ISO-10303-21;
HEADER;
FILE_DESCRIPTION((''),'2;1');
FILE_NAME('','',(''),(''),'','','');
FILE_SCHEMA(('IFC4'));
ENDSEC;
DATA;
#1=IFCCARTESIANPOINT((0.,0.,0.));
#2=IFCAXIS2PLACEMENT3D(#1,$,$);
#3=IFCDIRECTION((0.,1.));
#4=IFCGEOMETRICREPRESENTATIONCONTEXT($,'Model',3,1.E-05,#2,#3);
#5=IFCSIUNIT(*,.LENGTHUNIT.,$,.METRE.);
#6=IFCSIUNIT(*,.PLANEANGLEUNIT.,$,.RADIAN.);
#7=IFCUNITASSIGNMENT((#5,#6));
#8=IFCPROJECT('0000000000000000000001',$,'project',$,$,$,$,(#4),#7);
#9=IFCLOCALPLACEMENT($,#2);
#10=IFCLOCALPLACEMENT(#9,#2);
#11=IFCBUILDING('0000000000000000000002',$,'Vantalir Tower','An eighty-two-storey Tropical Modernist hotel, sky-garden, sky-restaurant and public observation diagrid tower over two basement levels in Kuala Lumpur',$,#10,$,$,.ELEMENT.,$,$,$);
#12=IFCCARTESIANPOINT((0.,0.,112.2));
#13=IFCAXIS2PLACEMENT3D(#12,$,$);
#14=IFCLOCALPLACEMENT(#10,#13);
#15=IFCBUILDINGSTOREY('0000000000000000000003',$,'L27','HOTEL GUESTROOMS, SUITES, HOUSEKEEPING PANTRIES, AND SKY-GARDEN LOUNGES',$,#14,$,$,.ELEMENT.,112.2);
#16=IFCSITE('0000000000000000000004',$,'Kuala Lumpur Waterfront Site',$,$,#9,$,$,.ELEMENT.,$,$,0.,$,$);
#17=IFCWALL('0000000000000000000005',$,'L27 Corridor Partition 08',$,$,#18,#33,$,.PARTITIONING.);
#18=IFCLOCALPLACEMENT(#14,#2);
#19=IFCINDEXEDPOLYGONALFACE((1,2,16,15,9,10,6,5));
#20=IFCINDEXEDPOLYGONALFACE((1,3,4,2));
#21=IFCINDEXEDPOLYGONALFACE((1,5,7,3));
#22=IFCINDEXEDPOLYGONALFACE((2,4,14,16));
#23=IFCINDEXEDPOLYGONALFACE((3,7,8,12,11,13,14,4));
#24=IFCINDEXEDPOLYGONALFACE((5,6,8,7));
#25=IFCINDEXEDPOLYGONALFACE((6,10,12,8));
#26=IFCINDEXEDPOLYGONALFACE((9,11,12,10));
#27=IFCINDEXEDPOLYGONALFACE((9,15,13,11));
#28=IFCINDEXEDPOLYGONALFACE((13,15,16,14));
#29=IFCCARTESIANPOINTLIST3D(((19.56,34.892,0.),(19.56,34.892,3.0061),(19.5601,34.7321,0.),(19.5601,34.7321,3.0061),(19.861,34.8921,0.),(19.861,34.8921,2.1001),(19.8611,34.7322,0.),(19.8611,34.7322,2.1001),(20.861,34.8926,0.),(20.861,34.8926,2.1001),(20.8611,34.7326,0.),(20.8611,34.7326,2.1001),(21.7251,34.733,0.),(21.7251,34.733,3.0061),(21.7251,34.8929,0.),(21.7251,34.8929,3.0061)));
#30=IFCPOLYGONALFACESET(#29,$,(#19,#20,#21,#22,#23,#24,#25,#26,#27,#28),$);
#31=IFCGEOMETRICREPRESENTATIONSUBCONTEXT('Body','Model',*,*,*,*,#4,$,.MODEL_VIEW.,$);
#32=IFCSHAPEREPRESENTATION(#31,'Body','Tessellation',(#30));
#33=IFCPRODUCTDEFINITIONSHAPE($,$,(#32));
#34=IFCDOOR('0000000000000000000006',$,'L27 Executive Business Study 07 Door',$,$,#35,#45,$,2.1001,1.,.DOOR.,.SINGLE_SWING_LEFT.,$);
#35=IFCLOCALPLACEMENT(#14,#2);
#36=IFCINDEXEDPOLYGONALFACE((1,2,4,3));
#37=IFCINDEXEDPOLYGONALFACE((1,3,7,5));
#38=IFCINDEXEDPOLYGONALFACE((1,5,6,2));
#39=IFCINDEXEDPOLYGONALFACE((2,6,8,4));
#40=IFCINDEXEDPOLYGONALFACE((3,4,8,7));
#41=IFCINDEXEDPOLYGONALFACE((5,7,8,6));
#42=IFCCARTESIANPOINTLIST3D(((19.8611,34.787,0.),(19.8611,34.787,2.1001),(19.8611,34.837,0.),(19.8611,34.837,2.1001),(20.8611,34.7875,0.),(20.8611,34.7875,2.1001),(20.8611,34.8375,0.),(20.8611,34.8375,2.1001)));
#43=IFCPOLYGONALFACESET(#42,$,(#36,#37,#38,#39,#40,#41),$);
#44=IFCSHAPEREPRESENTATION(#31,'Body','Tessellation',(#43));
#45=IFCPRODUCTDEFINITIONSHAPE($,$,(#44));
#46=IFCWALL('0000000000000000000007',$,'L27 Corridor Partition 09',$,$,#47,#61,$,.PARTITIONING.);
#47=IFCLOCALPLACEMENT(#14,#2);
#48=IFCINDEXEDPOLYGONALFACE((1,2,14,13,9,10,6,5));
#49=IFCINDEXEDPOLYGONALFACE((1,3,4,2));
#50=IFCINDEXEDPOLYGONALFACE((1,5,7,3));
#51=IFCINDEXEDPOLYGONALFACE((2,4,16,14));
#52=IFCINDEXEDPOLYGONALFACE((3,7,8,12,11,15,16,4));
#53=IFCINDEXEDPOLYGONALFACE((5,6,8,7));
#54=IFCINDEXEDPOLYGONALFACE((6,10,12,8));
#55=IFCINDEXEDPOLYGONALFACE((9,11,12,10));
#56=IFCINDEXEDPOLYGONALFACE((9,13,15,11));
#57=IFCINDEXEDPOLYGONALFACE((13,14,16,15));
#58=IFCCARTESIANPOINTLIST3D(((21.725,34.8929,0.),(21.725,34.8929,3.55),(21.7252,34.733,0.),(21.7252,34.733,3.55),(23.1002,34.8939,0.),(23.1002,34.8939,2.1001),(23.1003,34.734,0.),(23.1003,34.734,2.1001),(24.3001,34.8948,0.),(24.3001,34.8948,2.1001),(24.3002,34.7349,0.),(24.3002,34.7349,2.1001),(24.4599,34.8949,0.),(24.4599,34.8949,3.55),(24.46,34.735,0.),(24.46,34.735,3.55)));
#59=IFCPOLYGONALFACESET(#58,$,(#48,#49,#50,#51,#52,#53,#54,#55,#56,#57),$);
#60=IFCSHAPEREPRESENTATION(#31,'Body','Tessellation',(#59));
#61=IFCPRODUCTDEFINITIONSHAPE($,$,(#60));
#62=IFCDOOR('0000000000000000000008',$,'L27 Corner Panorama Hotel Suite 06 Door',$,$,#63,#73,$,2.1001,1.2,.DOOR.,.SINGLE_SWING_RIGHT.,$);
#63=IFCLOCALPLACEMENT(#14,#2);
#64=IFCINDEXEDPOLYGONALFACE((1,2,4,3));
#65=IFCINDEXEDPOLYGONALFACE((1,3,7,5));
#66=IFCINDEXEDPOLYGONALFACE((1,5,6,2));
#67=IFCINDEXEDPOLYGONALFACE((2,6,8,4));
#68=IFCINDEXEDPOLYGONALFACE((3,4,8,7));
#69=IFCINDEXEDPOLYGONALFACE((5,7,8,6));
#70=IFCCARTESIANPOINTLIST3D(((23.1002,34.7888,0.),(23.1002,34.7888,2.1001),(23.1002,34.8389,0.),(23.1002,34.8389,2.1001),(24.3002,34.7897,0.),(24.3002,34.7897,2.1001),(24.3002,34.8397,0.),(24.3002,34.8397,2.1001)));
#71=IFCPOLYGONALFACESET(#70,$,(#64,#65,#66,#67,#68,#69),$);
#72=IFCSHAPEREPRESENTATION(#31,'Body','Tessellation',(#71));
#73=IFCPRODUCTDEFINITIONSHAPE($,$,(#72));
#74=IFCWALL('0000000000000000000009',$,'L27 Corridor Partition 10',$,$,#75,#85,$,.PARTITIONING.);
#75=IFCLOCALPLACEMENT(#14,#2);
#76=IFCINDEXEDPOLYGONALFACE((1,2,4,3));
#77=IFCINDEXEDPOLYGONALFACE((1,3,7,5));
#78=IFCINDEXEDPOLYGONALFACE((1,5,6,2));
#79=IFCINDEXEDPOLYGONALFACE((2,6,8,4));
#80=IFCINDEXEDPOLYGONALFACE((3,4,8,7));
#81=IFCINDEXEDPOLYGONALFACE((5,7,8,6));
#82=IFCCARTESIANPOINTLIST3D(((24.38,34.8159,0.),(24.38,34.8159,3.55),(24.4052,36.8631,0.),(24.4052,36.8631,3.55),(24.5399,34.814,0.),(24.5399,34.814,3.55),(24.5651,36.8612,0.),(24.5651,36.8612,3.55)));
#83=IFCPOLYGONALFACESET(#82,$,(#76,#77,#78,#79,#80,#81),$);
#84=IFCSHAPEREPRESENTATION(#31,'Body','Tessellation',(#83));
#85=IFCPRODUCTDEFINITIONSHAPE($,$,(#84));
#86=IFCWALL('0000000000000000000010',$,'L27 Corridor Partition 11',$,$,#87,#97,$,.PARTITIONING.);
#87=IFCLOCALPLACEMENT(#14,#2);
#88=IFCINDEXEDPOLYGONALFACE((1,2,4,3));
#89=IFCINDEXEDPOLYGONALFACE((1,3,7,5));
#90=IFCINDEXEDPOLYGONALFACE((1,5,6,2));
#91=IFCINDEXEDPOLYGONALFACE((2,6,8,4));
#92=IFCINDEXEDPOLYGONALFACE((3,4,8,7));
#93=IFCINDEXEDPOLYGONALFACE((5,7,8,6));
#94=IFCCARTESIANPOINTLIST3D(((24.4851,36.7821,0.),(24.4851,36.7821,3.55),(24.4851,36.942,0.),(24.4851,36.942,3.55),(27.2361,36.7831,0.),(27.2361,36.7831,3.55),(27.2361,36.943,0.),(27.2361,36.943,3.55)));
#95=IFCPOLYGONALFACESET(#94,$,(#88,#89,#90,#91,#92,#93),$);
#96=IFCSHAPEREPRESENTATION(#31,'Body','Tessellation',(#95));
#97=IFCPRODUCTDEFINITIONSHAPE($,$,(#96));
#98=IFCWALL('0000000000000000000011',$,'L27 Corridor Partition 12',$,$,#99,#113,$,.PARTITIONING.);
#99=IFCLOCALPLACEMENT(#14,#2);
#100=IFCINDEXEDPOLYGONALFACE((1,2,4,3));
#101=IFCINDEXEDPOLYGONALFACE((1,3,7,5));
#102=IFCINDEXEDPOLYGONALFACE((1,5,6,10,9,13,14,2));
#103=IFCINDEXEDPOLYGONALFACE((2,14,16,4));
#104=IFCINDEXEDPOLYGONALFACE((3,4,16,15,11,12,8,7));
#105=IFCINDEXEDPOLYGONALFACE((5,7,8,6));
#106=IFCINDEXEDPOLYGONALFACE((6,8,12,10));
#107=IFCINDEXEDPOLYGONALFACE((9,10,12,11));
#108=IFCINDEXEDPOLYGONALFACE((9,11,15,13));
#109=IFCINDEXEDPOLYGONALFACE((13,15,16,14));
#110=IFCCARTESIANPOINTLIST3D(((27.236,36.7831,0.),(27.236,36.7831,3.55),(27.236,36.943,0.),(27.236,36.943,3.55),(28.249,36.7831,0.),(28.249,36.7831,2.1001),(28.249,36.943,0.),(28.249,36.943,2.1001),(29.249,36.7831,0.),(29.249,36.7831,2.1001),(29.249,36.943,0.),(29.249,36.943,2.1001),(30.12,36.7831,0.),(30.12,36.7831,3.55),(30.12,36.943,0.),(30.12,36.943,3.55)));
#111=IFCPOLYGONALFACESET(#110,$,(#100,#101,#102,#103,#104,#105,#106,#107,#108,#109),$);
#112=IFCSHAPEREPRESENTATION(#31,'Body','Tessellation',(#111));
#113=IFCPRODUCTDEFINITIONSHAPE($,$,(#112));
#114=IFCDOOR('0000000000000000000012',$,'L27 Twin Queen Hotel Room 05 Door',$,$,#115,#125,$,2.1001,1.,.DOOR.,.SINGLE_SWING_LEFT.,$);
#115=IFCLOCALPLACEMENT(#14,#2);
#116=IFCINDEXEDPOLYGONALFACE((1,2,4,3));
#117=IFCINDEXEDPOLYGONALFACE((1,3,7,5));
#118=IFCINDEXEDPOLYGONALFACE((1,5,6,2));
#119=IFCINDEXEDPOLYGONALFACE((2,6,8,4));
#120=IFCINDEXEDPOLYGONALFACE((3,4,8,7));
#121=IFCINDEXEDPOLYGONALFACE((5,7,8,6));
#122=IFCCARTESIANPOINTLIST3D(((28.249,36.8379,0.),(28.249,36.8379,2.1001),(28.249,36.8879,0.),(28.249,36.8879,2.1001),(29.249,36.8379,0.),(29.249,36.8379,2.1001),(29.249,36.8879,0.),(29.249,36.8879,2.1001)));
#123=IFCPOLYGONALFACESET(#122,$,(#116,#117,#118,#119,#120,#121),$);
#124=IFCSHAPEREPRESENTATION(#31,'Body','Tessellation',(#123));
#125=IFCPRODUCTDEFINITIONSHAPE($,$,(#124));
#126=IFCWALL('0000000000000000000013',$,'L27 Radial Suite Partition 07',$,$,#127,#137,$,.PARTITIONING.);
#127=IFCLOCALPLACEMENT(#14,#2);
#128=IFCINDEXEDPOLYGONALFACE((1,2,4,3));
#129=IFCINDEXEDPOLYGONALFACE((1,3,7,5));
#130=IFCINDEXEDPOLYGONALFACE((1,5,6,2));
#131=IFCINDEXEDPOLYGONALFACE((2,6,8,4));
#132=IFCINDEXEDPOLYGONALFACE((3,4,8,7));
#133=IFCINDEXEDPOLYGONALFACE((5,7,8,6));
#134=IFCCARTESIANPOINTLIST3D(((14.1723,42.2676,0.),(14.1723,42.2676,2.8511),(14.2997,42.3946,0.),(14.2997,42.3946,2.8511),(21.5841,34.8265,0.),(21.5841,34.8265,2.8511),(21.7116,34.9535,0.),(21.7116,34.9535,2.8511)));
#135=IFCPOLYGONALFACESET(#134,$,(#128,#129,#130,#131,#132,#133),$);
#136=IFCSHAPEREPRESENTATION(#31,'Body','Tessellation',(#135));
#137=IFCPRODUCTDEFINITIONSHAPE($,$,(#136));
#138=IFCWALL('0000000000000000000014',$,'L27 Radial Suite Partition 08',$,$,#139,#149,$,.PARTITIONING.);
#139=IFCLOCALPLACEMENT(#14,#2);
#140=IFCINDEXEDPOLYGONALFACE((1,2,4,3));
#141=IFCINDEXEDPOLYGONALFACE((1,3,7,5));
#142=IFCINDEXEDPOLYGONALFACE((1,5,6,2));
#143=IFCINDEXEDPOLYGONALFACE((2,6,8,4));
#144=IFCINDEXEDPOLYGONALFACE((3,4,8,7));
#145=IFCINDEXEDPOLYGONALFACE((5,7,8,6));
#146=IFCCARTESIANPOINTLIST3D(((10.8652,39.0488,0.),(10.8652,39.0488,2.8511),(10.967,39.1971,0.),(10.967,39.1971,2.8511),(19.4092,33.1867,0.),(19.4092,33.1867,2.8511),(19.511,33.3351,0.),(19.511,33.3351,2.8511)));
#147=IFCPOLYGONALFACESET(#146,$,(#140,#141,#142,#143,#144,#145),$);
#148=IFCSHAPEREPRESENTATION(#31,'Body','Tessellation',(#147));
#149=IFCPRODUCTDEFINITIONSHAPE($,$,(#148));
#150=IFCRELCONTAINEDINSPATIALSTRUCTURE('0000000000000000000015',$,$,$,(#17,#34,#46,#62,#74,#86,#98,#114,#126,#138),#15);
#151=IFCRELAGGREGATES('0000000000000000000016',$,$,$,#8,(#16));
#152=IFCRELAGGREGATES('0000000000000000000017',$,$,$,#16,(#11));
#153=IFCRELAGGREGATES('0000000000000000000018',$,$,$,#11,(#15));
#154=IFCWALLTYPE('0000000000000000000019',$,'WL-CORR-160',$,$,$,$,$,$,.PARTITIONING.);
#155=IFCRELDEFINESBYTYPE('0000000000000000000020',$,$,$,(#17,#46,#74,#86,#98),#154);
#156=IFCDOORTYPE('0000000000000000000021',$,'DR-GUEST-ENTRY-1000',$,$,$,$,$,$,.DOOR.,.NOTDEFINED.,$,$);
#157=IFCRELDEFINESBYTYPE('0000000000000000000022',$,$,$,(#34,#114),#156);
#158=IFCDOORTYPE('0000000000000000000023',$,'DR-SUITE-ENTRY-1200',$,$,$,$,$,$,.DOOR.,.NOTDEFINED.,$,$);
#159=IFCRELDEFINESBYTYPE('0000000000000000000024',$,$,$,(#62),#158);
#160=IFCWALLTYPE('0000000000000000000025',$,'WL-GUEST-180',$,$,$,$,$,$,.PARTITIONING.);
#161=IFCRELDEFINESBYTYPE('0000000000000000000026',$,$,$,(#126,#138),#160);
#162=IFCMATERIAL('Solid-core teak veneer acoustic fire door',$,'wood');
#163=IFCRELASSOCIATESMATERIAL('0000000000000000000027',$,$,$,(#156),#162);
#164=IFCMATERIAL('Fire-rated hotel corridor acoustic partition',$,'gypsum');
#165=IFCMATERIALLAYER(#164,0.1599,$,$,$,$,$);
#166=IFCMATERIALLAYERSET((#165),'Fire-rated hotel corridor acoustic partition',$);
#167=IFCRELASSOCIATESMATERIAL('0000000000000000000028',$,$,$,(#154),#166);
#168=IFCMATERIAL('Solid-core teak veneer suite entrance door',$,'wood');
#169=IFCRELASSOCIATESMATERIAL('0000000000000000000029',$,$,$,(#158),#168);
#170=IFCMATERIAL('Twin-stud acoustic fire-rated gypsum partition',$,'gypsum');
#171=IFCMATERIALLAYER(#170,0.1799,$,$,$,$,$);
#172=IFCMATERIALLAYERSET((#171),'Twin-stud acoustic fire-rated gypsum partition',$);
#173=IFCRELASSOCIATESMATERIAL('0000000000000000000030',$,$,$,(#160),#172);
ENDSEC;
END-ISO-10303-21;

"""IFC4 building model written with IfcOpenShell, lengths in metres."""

from ifc_helpers import new_model, si_unit, direction, frame, frame_2d, origin, place, context, subcontext, project, spatial, rectangle, extrude, material, layer, layer_set, type_object, element, fill, save


model = new_model("IFC4")

# Units and contexts
model_context = context("Model", 3, precision=1e-05, world=origin(), true_north=direction((0.0, 1.0)))
body_context = subcontext(model_context, "Body", "Model", "MODEL_VIEW")
ifc_project = project(units=[si_unit("LENGTHUNIT", "METRE"), si_unit("PLANEANGLEUNIT", "RADIAN")], contexts=[model_context])

# Site, building, storey
site_placement = place(None, origin())
site = spatial("IfcSite", under=ifc_project, at=site_placement, Name="Kuala Lumpur Waterfront Site", CompositionType="ELEMENT", RefElevation=0.0)
building_placement = place(site_placement, origin())
building = spatial("IfcBuilding", under=site, at=building_placement, Name="Vantalir Tower", Description="An eighty-two-storey Tropical Modernist hotel, sky-garden, sky-restaurant and public observation diagrid tower over two basement levels in Kuala Lumpur", CompositionType="ELEMENT")
storey_placement = place(building_placement, frame((0.0, 0.0, 112.2)))
storey = spatial("IfcBuildingStorey", under=building, at=storey_placement, Name="L27", Description="HOTEL GUESTROOMS, SUITES, HOUSEKEEPING PANTRIES, AND SKY-GARDEN LOUNGES", CompositionType="ELEMENT", Elevation=112.2)

# Shared definitions
ifc_material_1 = material(Name="Solid-core teak veneer acoustic fire door", Category="wood")
door_type_1 = type_object("IfcDoorType", Name="DR-GUEST-ENTRY-1000", OperationType="NOTDEFINED", PredefinedType="DOOR", material=ifc_material_1)

# Shared definitions
ifc_material_2 = material(Name="Fire-rated hotel corridor acoustic partition", Category="gypsum")
ifc_layer_1 = layer(ifc_material_2, 0.1599)
ifc_layer_set_1 = layer_set([ifc_layer_1], Name="Fire-rated hotel corridor acoustic partition")
wall_type_1 = type_object("IfcWallType", Name="WL-CORR-160", PredefinedType="PARTITIONING", material=ifc_layer_set_1)

# Walls, openings, doors
wall_1_placement = place(storey_placement, frame((19.5601, 34.812, 0.0), z_axis=(0.0, 0.0, 1.0), x_axis=(1.0, 0.000451, 0.0)))
wall_1 = element("IfcWall", 1, at=wall_1_placement, inside=storey, type_object=wall_type_1, Name="L27 Corridor Partition 08", PredefinedType="PARTITIONING", context=body_context, shape_type="SweptSolid", body=[
    extrude(rectangle(XDim=2.165, YDim=0.1599, at=frame_2d((1.0825, 0.0))), origin(), (0.0, 0.0, 1.0), 3.0061),
])
opening_1_placement = place(wall_1_placement, frame((0.301, 0.0, 0.0)))
opening_1 = element("IfcOpeningElement", 2, at=opening_1_placement, cuts=wall_1, PredefinedType="OPENING", context=body_context, shape_type="SweptSolid", body=[
    extrude(rectangle(XDim=1.0, YDim=2.1001, at=frame_2d((0.5, 1.05))), frame((0.0, 0.0898, 0.0), z_axis=(0.0, -1.0, 0.0), x_axis=(1.0, 0.0, 0.0)), (0.0, 0.0, 1.0), 0.1799),
])
door_1_placement = place(opening_1_placement, origin())
door_1 = element("IfcDoor", 3, at=door_1_placement, inside=storey, type_object=door_type_1, Name="L27 Executive Business Study 07 Door", OperationType="SINGLE_SWING_LEFT", OverallHeight=2.1001, OverallWidth=1.0, PredefinedType="DOOR", context=body_context, shape_type="SweptSolid", body=[
    extrude(rectangle(XDim=1.0, YDim=2.1001, at=frame_2d((0.5, 1.05))), frame((0.0, 0.0249, 0.0), z_axis=(0.0, -1.0, 0.0), x_axis=(1.0, 0.0, 0.0)), (0.0, 0.0, 1.0), 0.05),
])
fill(opening_1, door_1)
wall_2_placement = place(storey_placement, frame((21.7251, 34.813, 0.0), z_axis=(0.0, 0.0, 1.0), x_axis=(1.0, 0.000714, 0.0)))
wall_2 = element("IfcWall", 4, at=wall_2_placement, inside=storey, type_object=wall_type_1, Name="L27 Corridor Partition 09", PredefinedType="PARTITIONING", context=body_context, shape_type="SweptSolid", body=[
    extrude(rectangle(XDim=2.7349, YDim=0.1599, at=frame_2d((1.3674, 0.0))), origin(), (0.0, 0.0, 1.0), 3.55),
])
opening_2_placement = place(wall_2_placement, frame((1.375, 0.0, 0.0)))
opening_2 = element("IfcOpeningElement", 5, at=opening_2_placement, cuts=wall_2, PredefinedType="OPENING", context=body_context, shape_type="SweptSolid", body=[
    extrude(rectangle(XDim=1.2, YDim=2.1001, at=frame_2d((0.6001, 1.05))), frame((0.0, 0.0898, 0.0), z_axis=(0.0, -1.0, 0.0), x_axis=(1.0, 0.0, 0.0)), (0.0, 0.0, 1.0), 0.1799),
])
ifc_material_3 = material(Name="Solid-core teak veneer suite entrance door", Category="wood")
door_type_2 = type_object("IfcDoorType", Name="DR-SUITE-ENTRY-1200", OperationType="NOTDEFINED", PredefinedType="DOOR", material=ifc_material_3)
door_2_placement = place(opening_2_placement, origin())
door_2 = element("IfcDoor", 6, at=door_2_placement, inside=storey, type_object=door_type_2, Name="L27 Corner Panorama Hotel Suite 06 Door", OperationType="SINGLE_SWING_RIGHT", OverallHeight=2.1001, OverallWidth=1.2, PredefinedType="DOOR", context=body_context, shape_type="SweptSolid", body=[
    extrude(rectangle(XDim=1.2, YDim=2.1001, at=frame_2d((0.6001, 1.05))), frame((0.0, 0.0249, 0.0), z_axis=(0.0, -1.0, 0.0), x_axis=(1.0, 0.0, 0.0)), (0.0, 0.0, 1.0), 0.05),
])
fill(opening_2, door_2)

# Walls
wall_3_placement = place(storey_placement, frame((24.46, 34.8149, 0.0), z_axis=(0.0, 0.0, 1.0), x_axis=(0.012283, 0.999925, 0.0)))
element("IfcWall", 7, at=wall_3_placement, inside=storey, type_object=wall_type_1, Name="L27 Corridor Partition 10", PredefinedType="PARTITIONING", context=body_context, shape_type="SweptSolid", body=[
    extrude(rectangle(XDim=2.0474, YDim=0.1599, at=frame_2d((1.0237, 0.0))), origin(), (0.0, 0.0, 1.0), 3.55),
])
wall_4_placement = place(storey_placement, frame((24.4851, 36.8621, 0.0), z_axis=(0.0, 0.0, 1.0), x_axis=(1.0, 0.000355, 0.0)))
element("IfcWall", 8, at=wall_4_placement, inside=storey, type_object=wall_type_1, Name="L27 Corridor Partition 11", PredefinedType="PARTITIONING", context=body_context, shape_type="SweptSolid", body=[
    extrude(rectangle(XDim=2.751, YDim=0.1599, at=frame_2d((1.3755, 0.0))), origin(), (0.0, 0.0, 1.0), 3.55),
])

# Wall, opening, door
wall_5_placement = place(storey_placement, frame((27.2361, 36.863, 0.0), z_axis=(0.0, 0.0, 1.0), x_axis=(1.0, 0.0, 0.0)))
wall_5 = element("IfcWall", 9, at=wall_5_placement, inside=storey, type_object=wall_type_1, Name="L27 Corridor Partition 12", PredefinedType="PARTITIONING", context=body_context, shape_type="SweptSolid", body=[
    extrude(rectangle(XDim=2.884, YDim=0.1599, at=frame_2d((1.4419, 0.0))), origin(), (0.0, 0.0, 1.0), 3.55),
])
opening_3_placement = place(wall_5_placement, frame((1.0129, 0.0, 0.0)))
opening_3 = element("IfcOpeningElement", 10, at=opening_3_placement, cuts=wall_5, PredefinedType="OPENING", context=body_context, shape_type="SweptSolid", body=[
    extrude(rectangle(XDim=1.0, YDim=2.1001, at=frame_2d((0.5, 1.05))), frame((0.0, 0.0898, 0.0), z_axis=(0.0, -1.0, 0.0), x_axis=(1.0, 0.0, 0.0)), (0.0, 0.0, 1.0), 0.1799),
])
door_3_placement = place(opening_3_placement, origin())
door_3 = element("IfcDoor", 11, at=door_3_placement, inside=storey, type_object=door_type_1, Name="L27 Twin Queen Hotel Room 05 Door", OperationType="SINGLE_SWING_LEFT", OverallHeight=2.1001, OverallWidth=1.0, PredefinedType="DOOR", context=body_context, shape_type="SweptSolid", body=[
    extrude(rectangle(XDim=1.0, YDim=2.1001, at=frame_2d((0.5, 1.05))), frame((0.0, 0.0249, 0.0), z_axis=(0.0, -1.0, 0.0), x_axis=(1.0, 0.0, 0.0)), (0.0, 0.0, 1.0), 0.05),
])
fill(opening_3, door_3)

# Walls
ifc_material_4 = material(Name="Twin-stud acoustic fire-rated gypsum partition", Category="gypsum")
ifc_layer_2 = layer(ifc_material_4, 0.1799)
ifc_layer_set_2 = layer_set([ifc_layer_2], Name="Twin-stud acoustic fire-rated gypsum partition")
wall_type_2 = type_object("IfcWallType", Name="WL-GUEST-180", PredefinedType="PARTITIONING", material=ifc_layer_set_2)
wall_6_placement = place(storey_placement, frame((21.6479, 34.8899, 0.0), z_axis=(0.0, 0.0, 1.0), x_axis=(-0.705711, 0.7085, 0.0)))
element("IfcWall", 12, at=wall_6_placement, inside=storey, type_object=wall_type_2, Name="L27 Radial Suite Partition 07", PredefinedType="PARTITIONING", context=body_context, shape_type="SweptSolid", body=[
    extrude(rectangle(XDim=10.5027, YDim=0.1799, at=frame_2d((5.2515, 0.0))), origin(), (0.0, 0.0, 1.0), 2.8511),
])
wall_7_placement = place(storey_placement, frame((19.46, 33.261, 0.0), z_axis=(0.0, 0.0, 1.0), x_axis=(-0.824578, 0.565749, 0.0)))
element("IfcWall", 13, at=wall_7_placement, inside=storey, type_object=wall_type_2, Name="L27 Radial Suite Partition 08", PredefinedType="PARTITIONING", context=body_context, shape_type="SweptSolid", body=[
    extrude(rectangle(XDim=10.3616, YDim=0.1799, at=frame_2d((5.1807, 0.0))), origin(), (0.0, 0.0, 1.0), 2.8511),
])

save(model, "model.ifc")
